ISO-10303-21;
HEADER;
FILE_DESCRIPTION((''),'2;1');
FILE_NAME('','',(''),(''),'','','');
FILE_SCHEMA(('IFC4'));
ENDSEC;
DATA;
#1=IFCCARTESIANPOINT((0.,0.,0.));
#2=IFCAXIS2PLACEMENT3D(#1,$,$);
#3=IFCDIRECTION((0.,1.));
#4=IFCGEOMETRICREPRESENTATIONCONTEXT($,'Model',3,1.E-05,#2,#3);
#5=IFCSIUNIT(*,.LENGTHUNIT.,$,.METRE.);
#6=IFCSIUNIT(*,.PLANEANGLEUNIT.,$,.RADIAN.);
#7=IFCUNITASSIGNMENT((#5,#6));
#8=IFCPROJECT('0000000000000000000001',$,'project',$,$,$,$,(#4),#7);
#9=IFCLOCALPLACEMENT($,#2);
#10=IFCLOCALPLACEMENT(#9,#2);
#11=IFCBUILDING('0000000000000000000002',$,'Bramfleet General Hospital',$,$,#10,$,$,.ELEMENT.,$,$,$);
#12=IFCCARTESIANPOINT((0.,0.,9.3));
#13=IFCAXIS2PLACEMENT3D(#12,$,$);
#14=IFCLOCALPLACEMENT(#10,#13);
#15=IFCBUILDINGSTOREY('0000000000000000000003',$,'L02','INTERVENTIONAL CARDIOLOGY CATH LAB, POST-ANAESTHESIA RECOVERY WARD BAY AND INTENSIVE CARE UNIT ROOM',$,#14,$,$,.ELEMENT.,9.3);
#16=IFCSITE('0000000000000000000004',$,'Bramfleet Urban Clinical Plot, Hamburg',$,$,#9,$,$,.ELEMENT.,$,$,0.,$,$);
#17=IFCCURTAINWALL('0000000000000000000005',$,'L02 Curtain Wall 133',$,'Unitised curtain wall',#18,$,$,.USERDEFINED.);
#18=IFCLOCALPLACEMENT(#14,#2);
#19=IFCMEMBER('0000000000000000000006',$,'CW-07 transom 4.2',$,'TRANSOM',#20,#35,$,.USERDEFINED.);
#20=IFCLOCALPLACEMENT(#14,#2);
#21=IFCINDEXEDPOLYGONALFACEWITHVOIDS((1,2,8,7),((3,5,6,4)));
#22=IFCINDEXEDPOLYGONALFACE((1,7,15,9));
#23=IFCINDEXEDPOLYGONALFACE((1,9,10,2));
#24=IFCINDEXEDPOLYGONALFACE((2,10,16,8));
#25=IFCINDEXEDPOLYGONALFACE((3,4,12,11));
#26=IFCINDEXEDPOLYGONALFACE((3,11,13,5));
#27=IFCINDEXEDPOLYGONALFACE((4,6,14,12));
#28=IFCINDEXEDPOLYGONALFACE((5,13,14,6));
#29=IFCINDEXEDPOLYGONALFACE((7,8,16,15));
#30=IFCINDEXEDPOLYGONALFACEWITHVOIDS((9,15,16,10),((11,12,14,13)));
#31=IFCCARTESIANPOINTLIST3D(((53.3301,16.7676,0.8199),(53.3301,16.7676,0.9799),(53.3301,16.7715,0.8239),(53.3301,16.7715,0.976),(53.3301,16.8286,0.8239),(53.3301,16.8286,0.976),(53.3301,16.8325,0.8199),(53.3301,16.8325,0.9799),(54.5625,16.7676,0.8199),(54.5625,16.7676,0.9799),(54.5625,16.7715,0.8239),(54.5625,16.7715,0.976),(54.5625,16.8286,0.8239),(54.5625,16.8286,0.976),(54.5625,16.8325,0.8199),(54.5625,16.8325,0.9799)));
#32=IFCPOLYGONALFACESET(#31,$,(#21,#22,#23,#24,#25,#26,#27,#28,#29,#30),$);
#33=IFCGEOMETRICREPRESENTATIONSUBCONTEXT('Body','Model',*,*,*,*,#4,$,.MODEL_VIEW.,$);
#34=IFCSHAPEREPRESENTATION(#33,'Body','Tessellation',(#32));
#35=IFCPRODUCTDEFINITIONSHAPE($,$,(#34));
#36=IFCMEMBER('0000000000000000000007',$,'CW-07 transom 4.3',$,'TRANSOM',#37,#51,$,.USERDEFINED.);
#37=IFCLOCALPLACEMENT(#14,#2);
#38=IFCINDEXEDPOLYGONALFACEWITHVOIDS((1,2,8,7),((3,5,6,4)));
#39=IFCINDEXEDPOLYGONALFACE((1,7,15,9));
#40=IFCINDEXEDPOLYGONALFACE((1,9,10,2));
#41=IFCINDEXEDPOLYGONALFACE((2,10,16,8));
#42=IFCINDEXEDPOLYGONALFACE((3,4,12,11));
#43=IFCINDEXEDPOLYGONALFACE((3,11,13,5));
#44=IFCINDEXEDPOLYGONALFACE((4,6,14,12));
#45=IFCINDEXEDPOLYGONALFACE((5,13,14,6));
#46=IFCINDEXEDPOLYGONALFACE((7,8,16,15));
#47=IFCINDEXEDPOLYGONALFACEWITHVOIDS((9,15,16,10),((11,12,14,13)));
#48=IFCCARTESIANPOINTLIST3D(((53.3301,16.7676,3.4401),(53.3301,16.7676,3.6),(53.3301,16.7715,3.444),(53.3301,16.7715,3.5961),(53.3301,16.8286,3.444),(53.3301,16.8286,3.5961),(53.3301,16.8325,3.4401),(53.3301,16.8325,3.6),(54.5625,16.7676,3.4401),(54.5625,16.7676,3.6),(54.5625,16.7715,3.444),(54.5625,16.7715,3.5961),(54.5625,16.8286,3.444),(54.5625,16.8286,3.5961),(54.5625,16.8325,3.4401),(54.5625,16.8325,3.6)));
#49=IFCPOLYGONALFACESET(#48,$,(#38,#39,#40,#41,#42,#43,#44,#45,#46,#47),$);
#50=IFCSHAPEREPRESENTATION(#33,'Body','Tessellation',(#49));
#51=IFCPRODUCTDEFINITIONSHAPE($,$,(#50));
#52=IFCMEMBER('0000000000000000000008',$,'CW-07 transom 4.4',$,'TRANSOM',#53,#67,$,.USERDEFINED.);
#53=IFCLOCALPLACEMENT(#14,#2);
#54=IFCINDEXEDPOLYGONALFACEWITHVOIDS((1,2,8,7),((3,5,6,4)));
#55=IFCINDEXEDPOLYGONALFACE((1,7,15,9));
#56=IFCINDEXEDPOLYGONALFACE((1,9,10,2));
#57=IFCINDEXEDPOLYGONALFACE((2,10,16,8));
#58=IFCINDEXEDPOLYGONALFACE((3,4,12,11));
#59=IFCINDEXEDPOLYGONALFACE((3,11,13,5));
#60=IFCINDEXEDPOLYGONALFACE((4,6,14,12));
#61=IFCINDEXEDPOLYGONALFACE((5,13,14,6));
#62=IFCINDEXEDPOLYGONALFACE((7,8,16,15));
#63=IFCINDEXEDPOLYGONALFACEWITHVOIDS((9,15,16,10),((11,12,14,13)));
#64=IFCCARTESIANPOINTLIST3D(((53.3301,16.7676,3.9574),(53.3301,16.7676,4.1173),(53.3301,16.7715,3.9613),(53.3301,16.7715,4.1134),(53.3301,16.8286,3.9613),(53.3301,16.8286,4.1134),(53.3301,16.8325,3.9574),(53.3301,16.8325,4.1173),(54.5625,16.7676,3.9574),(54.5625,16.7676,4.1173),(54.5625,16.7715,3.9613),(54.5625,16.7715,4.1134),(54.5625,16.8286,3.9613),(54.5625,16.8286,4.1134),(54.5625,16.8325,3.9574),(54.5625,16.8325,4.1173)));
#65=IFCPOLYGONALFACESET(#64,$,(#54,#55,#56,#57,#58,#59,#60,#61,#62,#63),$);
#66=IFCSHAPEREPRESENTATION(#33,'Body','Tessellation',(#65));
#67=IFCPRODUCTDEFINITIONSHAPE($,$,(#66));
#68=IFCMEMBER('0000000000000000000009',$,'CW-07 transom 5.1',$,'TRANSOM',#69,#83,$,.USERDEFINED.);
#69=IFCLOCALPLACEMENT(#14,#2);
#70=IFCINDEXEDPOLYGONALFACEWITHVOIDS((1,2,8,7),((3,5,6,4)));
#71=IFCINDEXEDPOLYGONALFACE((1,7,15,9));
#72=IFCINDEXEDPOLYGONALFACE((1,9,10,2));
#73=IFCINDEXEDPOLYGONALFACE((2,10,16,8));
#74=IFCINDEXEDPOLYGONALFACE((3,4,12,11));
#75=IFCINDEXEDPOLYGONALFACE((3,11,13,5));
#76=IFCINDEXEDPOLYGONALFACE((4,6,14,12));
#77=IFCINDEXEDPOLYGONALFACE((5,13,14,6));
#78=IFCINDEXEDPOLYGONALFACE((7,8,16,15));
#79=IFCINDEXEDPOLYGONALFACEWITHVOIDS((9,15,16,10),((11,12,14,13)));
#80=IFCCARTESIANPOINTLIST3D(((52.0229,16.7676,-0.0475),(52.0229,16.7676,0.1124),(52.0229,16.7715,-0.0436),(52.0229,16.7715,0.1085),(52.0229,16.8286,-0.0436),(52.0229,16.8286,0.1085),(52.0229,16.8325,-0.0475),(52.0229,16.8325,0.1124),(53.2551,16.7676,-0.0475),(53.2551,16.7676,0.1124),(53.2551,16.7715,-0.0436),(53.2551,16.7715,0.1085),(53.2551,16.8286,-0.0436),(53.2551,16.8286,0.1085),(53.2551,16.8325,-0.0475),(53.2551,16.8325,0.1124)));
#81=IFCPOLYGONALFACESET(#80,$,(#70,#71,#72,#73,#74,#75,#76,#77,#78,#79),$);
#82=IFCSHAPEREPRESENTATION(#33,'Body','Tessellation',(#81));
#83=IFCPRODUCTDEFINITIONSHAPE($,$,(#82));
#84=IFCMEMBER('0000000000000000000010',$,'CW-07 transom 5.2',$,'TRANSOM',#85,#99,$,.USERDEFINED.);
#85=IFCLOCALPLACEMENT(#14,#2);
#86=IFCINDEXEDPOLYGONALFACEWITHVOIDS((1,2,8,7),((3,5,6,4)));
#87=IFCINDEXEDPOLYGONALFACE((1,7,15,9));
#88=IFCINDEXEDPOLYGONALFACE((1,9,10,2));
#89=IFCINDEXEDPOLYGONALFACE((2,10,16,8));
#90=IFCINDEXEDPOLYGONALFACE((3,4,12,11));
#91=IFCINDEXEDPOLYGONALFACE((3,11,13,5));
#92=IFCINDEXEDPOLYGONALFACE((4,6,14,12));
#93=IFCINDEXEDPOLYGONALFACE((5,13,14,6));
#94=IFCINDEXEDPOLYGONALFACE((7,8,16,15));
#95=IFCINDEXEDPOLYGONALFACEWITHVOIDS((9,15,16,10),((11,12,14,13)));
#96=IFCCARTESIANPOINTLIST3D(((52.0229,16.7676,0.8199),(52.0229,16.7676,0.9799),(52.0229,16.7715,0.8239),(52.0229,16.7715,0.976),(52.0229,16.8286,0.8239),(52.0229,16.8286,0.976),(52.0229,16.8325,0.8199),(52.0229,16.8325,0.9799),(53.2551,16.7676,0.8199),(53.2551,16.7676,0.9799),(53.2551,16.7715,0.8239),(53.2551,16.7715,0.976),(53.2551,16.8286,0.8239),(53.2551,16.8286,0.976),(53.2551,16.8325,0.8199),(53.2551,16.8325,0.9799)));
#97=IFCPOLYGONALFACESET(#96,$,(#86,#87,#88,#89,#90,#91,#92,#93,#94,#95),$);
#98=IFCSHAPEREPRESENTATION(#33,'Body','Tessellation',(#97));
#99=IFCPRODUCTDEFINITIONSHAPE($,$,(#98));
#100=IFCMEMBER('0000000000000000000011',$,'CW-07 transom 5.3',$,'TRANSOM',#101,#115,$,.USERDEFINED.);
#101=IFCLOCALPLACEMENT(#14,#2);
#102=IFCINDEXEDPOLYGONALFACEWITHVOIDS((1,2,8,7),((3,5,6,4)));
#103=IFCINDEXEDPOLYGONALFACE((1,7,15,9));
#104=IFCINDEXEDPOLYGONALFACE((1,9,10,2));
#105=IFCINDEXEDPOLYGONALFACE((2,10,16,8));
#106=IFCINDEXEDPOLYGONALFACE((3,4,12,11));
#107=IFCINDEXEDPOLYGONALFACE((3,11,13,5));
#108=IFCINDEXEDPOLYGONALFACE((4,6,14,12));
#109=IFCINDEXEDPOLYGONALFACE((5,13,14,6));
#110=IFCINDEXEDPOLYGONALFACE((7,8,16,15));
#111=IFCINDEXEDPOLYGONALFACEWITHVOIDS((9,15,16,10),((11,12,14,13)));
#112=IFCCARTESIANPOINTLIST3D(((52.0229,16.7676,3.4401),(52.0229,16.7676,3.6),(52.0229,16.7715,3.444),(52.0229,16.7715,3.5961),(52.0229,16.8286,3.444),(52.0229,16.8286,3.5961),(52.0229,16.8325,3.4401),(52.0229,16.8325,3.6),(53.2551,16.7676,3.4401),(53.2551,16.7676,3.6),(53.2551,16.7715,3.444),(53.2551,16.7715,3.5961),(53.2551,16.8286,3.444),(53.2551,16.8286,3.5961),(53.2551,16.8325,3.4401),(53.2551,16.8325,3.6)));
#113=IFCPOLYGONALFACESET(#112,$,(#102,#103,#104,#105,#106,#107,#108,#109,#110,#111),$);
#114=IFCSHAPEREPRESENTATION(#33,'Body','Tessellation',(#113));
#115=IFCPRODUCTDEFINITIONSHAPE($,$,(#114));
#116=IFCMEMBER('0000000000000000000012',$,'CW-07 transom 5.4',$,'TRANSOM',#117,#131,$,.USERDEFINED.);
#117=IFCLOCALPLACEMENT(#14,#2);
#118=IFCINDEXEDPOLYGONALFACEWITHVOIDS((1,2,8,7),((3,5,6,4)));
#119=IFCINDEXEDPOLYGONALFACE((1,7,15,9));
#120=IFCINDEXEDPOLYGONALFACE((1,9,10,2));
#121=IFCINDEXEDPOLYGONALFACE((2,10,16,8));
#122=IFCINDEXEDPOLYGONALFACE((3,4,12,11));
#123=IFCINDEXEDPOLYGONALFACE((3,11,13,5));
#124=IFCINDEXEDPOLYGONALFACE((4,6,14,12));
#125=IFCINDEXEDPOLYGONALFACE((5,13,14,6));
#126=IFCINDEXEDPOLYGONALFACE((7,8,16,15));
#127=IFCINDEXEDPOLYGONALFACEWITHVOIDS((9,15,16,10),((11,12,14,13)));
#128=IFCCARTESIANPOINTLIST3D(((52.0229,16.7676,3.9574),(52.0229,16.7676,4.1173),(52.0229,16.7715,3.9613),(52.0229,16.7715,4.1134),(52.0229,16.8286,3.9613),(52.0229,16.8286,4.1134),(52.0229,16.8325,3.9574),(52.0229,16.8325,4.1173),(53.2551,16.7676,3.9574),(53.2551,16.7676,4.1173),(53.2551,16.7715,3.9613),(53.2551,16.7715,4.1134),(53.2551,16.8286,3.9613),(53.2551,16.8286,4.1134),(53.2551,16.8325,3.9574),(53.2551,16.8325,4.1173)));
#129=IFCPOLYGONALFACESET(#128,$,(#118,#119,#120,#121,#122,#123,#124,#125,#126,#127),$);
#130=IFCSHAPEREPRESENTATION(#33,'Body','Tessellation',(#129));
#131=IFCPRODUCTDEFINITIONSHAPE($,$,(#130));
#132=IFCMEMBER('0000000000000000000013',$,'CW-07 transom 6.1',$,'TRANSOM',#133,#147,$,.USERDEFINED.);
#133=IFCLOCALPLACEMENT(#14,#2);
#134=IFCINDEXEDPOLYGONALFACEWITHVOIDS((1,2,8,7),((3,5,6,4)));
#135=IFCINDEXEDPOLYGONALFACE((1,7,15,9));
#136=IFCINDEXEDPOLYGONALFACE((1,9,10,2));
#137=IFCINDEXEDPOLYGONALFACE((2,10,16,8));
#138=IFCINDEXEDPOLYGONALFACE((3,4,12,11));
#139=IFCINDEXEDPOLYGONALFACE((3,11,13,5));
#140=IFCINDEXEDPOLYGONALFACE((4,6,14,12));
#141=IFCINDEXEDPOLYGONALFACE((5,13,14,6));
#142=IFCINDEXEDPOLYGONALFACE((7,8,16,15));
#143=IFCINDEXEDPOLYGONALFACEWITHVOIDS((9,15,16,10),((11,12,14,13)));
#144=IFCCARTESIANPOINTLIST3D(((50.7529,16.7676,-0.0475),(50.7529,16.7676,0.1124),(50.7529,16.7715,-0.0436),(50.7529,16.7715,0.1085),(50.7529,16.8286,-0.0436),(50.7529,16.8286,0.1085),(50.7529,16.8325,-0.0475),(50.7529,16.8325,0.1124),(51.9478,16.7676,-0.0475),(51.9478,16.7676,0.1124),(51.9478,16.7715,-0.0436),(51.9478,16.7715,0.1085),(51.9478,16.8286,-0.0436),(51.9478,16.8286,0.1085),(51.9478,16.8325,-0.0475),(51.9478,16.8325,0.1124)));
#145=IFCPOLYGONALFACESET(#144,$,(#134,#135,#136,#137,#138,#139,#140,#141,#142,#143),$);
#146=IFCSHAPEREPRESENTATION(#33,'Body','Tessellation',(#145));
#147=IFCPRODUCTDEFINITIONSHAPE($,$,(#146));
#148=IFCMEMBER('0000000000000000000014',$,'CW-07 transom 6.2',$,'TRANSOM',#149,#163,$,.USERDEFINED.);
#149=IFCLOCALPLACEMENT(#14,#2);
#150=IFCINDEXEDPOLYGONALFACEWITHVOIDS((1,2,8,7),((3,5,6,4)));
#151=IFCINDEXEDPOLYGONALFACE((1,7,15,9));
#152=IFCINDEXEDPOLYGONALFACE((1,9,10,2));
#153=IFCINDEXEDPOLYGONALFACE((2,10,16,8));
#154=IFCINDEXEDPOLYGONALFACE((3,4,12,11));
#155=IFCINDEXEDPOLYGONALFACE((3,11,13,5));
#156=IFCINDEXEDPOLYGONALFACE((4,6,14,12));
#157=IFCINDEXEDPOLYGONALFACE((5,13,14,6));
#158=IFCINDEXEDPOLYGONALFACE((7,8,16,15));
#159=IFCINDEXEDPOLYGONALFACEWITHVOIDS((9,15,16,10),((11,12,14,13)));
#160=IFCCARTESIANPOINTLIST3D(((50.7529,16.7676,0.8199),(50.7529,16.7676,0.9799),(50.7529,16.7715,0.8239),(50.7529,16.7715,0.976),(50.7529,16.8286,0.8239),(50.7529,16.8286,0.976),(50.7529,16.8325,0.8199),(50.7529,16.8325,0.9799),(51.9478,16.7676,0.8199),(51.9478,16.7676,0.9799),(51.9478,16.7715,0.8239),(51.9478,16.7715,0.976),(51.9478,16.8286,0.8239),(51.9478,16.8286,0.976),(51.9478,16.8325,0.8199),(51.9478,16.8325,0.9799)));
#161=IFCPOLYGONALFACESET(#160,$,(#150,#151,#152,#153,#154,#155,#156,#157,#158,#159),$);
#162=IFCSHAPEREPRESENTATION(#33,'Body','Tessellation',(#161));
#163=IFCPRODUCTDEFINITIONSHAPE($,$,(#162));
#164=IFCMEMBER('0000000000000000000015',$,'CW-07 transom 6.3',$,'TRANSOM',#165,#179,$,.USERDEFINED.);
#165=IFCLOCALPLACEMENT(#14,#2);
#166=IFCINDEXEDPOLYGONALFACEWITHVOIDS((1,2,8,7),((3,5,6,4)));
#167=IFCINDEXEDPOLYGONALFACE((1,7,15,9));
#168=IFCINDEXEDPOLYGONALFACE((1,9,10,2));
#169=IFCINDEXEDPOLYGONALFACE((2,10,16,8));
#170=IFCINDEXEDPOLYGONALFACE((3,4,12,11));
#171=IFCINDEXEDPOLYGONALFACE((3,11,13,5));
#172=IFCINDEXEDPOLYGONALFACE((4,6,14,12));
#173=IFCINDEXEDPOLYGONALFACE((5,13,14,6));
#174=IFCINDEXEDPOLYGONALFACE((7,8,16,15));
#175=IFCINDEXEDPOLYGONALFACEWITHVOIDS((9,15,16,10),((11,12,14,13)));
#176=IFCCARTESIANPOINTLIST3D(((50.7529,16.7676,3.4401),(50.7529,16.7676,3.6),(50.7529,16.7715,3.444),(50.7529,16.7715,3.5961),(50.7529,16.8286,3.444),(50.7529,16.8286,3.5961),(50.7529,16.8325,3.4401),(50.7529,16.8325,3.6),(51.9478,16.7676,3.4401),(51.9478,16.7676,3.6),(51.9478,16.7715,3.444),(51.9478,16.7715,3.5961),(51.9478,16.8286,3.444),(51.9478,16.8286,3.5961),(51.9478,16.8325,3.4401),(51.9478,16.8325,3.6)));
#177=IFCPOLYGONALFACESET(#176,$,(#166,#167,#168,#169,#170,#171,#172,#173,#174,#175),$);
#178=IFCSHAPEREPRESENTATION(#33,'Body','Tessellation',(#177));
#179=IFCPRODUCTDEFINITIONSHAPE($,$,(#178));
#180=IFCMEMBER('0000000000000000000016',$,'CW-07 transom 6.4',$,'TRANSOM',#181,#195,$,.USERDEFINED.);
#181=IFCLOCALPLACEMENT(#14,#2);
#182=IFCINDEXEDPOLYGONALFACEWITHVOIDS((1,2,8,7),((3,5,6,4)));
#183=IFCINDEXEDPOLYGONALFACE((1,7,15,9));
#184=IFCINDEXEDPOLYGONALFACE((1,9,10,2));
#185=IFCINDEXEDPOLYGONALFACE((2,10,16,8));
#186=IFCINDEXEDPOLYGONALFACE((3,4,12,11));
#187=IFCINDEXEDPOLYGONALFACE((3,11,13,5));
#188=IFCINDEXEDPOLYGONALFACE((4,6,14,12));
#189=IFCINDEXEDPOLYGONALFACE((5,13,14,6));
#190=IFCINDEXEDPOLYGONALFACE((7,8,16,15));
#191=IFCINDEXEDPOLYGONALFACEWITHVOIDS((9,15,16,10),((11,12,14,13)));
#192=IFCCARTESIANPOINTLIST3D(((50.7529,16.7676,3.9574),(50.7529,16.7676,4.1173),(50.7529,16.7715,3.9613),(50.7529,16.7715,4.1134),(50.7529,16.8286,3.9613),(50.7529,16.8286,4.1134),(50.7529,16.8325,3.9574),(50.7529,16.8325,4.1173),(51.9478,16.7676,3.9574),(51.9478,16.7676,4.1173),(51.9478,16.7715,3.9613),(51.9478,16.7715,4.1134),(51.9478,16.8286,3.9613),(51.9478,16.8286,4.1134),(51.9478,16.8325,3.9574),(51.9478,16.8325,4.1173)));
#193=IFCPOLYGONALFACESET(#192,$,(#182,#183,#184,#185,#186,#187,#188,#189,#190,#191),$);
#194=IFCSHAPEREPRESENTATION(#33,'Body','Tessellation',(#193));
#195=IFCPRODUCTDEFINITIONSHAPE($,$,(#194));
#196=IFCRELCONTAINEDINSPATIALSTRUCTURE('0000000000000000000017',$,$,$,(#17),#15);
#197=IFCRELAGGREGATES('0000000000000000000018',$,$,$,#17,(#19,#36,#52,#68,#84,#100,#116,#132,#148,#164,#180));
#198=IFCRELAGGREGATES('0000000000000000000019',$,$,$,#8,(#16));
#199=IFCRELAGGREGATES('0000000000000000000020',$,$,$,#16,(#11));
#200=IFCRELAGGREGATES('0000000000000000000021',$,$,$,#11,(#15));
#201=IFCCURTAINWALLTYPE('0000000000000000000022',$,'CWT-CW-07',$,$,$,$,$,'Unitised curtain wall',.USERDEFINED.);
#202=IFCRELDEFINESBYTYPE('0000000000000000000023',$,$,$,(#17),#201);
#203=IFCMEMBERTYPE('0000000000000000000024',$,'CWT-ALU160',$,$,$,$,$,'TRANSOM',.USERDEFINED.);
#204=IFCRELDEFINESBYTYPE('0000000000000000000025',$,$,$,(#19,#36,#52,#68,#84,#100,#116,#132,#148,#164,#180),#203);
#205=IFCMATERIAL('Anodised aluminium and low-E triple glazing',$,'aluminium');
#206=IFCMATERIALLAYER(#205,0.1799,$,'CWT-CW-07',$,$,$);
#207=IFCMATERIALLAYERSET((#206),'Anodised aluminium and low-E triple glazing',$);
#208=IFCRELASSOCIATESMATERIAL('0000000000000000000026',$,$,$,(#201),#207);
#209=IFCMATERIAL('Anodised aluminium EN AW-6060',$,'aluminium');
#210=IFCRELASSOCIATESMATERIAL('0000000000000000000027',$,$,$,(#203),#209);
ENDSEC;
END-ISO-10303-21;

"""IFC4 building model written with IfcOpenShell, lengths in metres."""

from ifc_helpers import new_model, si_unit, direction, frame, origin, origin_2d, place, context, subcontext, project, spatial, hollow_rectangle, extrude, material, layer, layer_set, material_profile, profile_set, type_object, element, aggregate, save


model = new_model("IFC4")

# Units and contexts
model_context = context("Model", 3, precision=1e-05, world=origin(), true_north=direction((0.0, 1.0)))
body_context = subcontext(model_context, "Body", "Model", "MODEL_VIEW")
ifc_project = project(units=[si_unit("LENGTHUNIT", "METRE"), si_unit("PLANEANGLEUNIT", "RADIAN")], contexts=[model_context])

# Site, building, storey
site_placement = place(None, origin())
site = spatial("IfcSite", under=ifc_project, at=site_placement, Name="Bramfleet Urban Clinical Plot, Hamburg", CompositionType="ELEMENT", RefElevation=0.0)
building_placement = place(site_placement, origin())
building = spatial("IfcBuilding", under=site, at=building_placement, Name="Bramfleet General Hospital", CompositionType="ELEMENT")
storey_placement = place(building_placement, frame((0.0, 0.0, 9.3)))
storey = spatial("IfcBuildingStorey", under=building, at=storey_placement, Name="L02", Description="INTERVENTIONAL CARDIOLOGY CATH LAB, POST-ANAESTHESIA RECOVERY WARD BAY AND INTENSIVE CARE UNIT ROOM", CompositionType="ELEMENT", Elevation=9.3)

# Curtain wall, members
ifc_material_1 = material(Name="Anodised aluminium and low-E triple glazing", Category="aluminium")
ifc_layer_1 = layer(ifc_material_1, 0.1799, Name="CWT-CW-07")
ifc_layer_set_1 = layer_set([ifc_layer_1], Name="Anodised aluminium and low-E triple glazing")
curtain_wall_type = type_object("IfcCurtainWallType", Name="CWT-CW-07", ElementType="Unitised curtain wall", PredefinedType="USERDEFINED", material=ifc_layer_set_1)
curtain_wall_placement = place(storey_placement, origin())
curtain_wall = element("IfcCurtainWall", 1, at=curtain_wall_placement, inside=storey, type_object=curtain_wall_type, Name="L02 Curtain Wall 133", ObjectType="Unitised curtain wall", PredefinedType="USERDEFINED")
ifc_material_2 = material(Name="Anodised aluminium EN AW-6060", Category="aluminium")
ifc_material_profile_1 = material_profile(ifc_material_2, hollow_rectangle(XDim=0.0649, YDim=0.1599, WallThickness=0.0039, at=origin_2d()), Name="ALU 160x65x4.0")
ifc_profile_set_1 = profile_set([ifc_material_profile_1], Name="Anodised aluminium EN AW-6060")
member_type_1 = type_object("IfcMemberType", Name="CWT-ALU160", ElementType="TRANSOM", PredefinedType="USERDEFINED", material=ifc_profile_set_1)
member_1_placement = place(storey_placement, frame((54.5625, 16.8, 0.8999), z_axis=(-1.0, 0.0, 0.0), x_axis=(0.0, -1.0, 0.0)))
member_1 = element("IfcMember", 2, at=member_1_placement, type_object=member_type_1, Name="CW-07 transom 4.2", ObjectType="TRANSOM", PredefinedType="USERDEFINED", context=body_context, shape_type="SweptSolid", body=[
    extrude(hollow_rectangle(XDim=0.0649, YDim=0.1599, WallThickness=0.0039, at=origin_2d()), origin(), (0.0, 0.0, 1.0), 1.2324),
])
member_2_placement = place(storey_placement, frame((54.5625, 16.8, 3.52), z_axis=(-1.0, 0.0, 0.0), x_axis=(0.0, -1.0, 0.0)))
member_2 = element("IfcMember", 3, at=member_2_placement, type_object=member_type_1, Name="CW-07 transom 4.3", ObjectType="TRANSOM", PredefinedType="USERDEFINED", context=body_context, shape_type="SweptSolid", body=[
    extrude(hollow_rectangle(XDim=0.0649, YDim=0.1599, WallThickness=0.0039, at=origin_2d()), origin(), (0.0, 0.0, 1.0), 1.2324),
])
member_3_placement = place(storey_placement, frame((54.5625, 16.8, 4.0374), z_axis=(-1.0, 0.0, 0.0), x_axis=(0.0, -1.0, 0.0)))
member_3 = element("IfcMember", 4, at=member_3_placement, type_object=member_type_1, Name="CW-07 transom 4.4", ObjectType="TRANSOM", PredefinedType="USERDEFINED", context=body_context, shape_type="SweptSolid", body=[
    extrude(hollow_rectangle(XDim=0.0649, YDim=0.1599, WallThickness=0.0039, at=origin_2d()), origin(), (0.0, 0.0, 1.0), 1.2324),
])
member_4_placement = place(storey_placement, frame((53.2551, 16.8, 0.0325), z_axis=(-1.0, 0.0, 0.0), x_axis=(0.0, -1.0, 0.0)))
member_4 = element("IfcMember", 5, at=member_4_placement, type_object=member_type_1, Name="CW-07 transom 5.1", ObjectType="TRANSOM", PredefinedType="USERDEFINED", context=body_context, shape_type="SweptSolid", body=[
    extrude(hollow_rectangle(XDim=0.0649, YDim=0.1599, WallThickness=0.0039, at=origin_2d()), origin(), (0.0, 0.0, 1.0), 1.2322),
])
member_5_placement = place(storey_placement, frame((53.2551, 16.8, 0.8999), z_axis=(-1.0, 0.0, 0.0), x_axis=(0.0, -1.0, 0.0)))
member_5 = element("IfcMember", 6, at=member_5_placement, type_object=member_type_1, Name="CW-07 transom 5.2", ObjectType="TRANSOM", PredefinedType="USERDEFINED", context=body_context, shape_type="SweptSolid", body=[
    extrude(hollow_rectangle(XDim=0.0649, YDim=0.1599, WallThickness=0.0039, at=origin_2d()), origin(), (0.0, 0.0, 1.0), 1.2322),
])
member_6_placement = place(storey_placement, frame((53.2551, 16.8, 3.52), z_axis=(-1.0, 0.0, 0.0), x_axis=(0.0, -1.0, 0.0)))
member_6 = element("IfcMember", 7, at=member_6_placement, type_object=member_type_1, Name="CW-07 transom 5.3", ObjectType="TRANSOM", PredefinedType="USERDEFINED", context=body_context, shape_type="SweptSolid", body=[
    extrude(hollow_rectangle(XDim=0.0649, YDim=0.1599, WallThickness=0.0039, at=origin_2d()), origin(), (0.0, 0.0, 1.0), 1.2322),
])
member_7_placement = place(storey_placement, frame((53.2551, 16.8, 4.0374), z_axis=(-1.0, 0.0, 0.0), x_axis=(0.0, -1.0, 0.0)))
member_7 = element("IfcMember", 8, at=member_7_placement, type_object=member_type_1, Name="CW-07 transom 5.4", ObjectType="TRANSOM", PredefinedType="USERDEFINED", context=body_context, shape_type="SweptSolid", body=[
    extrude(hollow_rectangle(XDim=0.0649, YDim=0.1599, WallThickness=0.0039, at=origin_2d()), origin(), (0.0, 0.0, 1.0), 1.2322),
])
member_8_placement = place(storey_placement, frame((51.9478, 16.8, 0.0325), z_axis=(-1.0, 0.0, 0.0), x_axis=(0.0, -1.0, 0.0)))
member_8 = element("IfcMember", 9, at=member_8_placement, type_object=member_type_1, Name="CW-07 transom 6.1", ObjectType="TRANSOM", PredefinedType="USERDEFINED", context=body_context, shape_type="SweptSolid", body=[
    extrude(hollow_rectangle(XDim=0.0649, YDim=0.1599, WallThickness=0.0039, at=origin_2d()), origin(), (0.0, 0.0, 1.0), 1.1948),
])
member_9_placement = place(storey_placement, frame((51.9478, 16.8, 0.8999), z_axis=(-1.0, 0.0, 0.0), x_axis=(0.0, -1.0, 0.0)))
member_9 = element("IfcMember", 10, at=member_9_placement, type_object=member_type_1, Name="CW-07 transom 6.2", ObjectType="TRANSOM", PredefinedType="USERDEFINED", context=body_context, shape_type="SweptSolid", body=[
    extrude(hollow_rectangle(XDim=0.0649, YDim=0.1599, WallThickness=0.0039, at=origin_2d()), origin(), (0.0, 0.0, 1.0), 1.1948),
])
member_10_placement = place(storey_placement, frame((51.9478, 16.8, 3.52), z_axis=(-1.0, 0.0, 0.0), x_axis=(0.0, -1.0, 0.0)))
member_10 = element("IfcMember", 11, at=member_10_placement, type_object=member_type_1, Name="CW-07 transom 6.3", ObjectType="TRANSOM", PredefinedType="USERDEFINED", context=body_context, shape_type="SweptSolid", body=[
    extrude(hollow_rectangle(XDim=0.0649, YDim=0.1599, WallThickness=0.0039, at=origin_2d()), origin(), (0.0, 0.0, 1.0), 1.1948),
])
member_11_placement = place(storey_placement, frame((51.9478, 16.8, 4.0374), z_axis=(-1.0, 0.0, 0.0), x_axis=(0.0, -1.0, 0.0)))
member_11 = element("IfcMember", 12, at=member_11_placement, type_object=member_type_1, Name="CW-07 transom 6.4", ObjectType="TRANSOM", PredefinedType="USERDEFINED", context=body_context, shape_type="SweptSolid", body=[
    extrude(hollow_rectangle(XDim=0.0649, YDim=0.1599, WallThickness=0.0039, at=origin_2d()), origin(), (0.0, 0.0, 1.0), 1.1948),
])
aggregate(curtain_wall, [member_1, member_2, member_3, member_4, member_5, member_6, member_7, member_8, member_9, member_10, member_11])

save(model, "model.ifc")
